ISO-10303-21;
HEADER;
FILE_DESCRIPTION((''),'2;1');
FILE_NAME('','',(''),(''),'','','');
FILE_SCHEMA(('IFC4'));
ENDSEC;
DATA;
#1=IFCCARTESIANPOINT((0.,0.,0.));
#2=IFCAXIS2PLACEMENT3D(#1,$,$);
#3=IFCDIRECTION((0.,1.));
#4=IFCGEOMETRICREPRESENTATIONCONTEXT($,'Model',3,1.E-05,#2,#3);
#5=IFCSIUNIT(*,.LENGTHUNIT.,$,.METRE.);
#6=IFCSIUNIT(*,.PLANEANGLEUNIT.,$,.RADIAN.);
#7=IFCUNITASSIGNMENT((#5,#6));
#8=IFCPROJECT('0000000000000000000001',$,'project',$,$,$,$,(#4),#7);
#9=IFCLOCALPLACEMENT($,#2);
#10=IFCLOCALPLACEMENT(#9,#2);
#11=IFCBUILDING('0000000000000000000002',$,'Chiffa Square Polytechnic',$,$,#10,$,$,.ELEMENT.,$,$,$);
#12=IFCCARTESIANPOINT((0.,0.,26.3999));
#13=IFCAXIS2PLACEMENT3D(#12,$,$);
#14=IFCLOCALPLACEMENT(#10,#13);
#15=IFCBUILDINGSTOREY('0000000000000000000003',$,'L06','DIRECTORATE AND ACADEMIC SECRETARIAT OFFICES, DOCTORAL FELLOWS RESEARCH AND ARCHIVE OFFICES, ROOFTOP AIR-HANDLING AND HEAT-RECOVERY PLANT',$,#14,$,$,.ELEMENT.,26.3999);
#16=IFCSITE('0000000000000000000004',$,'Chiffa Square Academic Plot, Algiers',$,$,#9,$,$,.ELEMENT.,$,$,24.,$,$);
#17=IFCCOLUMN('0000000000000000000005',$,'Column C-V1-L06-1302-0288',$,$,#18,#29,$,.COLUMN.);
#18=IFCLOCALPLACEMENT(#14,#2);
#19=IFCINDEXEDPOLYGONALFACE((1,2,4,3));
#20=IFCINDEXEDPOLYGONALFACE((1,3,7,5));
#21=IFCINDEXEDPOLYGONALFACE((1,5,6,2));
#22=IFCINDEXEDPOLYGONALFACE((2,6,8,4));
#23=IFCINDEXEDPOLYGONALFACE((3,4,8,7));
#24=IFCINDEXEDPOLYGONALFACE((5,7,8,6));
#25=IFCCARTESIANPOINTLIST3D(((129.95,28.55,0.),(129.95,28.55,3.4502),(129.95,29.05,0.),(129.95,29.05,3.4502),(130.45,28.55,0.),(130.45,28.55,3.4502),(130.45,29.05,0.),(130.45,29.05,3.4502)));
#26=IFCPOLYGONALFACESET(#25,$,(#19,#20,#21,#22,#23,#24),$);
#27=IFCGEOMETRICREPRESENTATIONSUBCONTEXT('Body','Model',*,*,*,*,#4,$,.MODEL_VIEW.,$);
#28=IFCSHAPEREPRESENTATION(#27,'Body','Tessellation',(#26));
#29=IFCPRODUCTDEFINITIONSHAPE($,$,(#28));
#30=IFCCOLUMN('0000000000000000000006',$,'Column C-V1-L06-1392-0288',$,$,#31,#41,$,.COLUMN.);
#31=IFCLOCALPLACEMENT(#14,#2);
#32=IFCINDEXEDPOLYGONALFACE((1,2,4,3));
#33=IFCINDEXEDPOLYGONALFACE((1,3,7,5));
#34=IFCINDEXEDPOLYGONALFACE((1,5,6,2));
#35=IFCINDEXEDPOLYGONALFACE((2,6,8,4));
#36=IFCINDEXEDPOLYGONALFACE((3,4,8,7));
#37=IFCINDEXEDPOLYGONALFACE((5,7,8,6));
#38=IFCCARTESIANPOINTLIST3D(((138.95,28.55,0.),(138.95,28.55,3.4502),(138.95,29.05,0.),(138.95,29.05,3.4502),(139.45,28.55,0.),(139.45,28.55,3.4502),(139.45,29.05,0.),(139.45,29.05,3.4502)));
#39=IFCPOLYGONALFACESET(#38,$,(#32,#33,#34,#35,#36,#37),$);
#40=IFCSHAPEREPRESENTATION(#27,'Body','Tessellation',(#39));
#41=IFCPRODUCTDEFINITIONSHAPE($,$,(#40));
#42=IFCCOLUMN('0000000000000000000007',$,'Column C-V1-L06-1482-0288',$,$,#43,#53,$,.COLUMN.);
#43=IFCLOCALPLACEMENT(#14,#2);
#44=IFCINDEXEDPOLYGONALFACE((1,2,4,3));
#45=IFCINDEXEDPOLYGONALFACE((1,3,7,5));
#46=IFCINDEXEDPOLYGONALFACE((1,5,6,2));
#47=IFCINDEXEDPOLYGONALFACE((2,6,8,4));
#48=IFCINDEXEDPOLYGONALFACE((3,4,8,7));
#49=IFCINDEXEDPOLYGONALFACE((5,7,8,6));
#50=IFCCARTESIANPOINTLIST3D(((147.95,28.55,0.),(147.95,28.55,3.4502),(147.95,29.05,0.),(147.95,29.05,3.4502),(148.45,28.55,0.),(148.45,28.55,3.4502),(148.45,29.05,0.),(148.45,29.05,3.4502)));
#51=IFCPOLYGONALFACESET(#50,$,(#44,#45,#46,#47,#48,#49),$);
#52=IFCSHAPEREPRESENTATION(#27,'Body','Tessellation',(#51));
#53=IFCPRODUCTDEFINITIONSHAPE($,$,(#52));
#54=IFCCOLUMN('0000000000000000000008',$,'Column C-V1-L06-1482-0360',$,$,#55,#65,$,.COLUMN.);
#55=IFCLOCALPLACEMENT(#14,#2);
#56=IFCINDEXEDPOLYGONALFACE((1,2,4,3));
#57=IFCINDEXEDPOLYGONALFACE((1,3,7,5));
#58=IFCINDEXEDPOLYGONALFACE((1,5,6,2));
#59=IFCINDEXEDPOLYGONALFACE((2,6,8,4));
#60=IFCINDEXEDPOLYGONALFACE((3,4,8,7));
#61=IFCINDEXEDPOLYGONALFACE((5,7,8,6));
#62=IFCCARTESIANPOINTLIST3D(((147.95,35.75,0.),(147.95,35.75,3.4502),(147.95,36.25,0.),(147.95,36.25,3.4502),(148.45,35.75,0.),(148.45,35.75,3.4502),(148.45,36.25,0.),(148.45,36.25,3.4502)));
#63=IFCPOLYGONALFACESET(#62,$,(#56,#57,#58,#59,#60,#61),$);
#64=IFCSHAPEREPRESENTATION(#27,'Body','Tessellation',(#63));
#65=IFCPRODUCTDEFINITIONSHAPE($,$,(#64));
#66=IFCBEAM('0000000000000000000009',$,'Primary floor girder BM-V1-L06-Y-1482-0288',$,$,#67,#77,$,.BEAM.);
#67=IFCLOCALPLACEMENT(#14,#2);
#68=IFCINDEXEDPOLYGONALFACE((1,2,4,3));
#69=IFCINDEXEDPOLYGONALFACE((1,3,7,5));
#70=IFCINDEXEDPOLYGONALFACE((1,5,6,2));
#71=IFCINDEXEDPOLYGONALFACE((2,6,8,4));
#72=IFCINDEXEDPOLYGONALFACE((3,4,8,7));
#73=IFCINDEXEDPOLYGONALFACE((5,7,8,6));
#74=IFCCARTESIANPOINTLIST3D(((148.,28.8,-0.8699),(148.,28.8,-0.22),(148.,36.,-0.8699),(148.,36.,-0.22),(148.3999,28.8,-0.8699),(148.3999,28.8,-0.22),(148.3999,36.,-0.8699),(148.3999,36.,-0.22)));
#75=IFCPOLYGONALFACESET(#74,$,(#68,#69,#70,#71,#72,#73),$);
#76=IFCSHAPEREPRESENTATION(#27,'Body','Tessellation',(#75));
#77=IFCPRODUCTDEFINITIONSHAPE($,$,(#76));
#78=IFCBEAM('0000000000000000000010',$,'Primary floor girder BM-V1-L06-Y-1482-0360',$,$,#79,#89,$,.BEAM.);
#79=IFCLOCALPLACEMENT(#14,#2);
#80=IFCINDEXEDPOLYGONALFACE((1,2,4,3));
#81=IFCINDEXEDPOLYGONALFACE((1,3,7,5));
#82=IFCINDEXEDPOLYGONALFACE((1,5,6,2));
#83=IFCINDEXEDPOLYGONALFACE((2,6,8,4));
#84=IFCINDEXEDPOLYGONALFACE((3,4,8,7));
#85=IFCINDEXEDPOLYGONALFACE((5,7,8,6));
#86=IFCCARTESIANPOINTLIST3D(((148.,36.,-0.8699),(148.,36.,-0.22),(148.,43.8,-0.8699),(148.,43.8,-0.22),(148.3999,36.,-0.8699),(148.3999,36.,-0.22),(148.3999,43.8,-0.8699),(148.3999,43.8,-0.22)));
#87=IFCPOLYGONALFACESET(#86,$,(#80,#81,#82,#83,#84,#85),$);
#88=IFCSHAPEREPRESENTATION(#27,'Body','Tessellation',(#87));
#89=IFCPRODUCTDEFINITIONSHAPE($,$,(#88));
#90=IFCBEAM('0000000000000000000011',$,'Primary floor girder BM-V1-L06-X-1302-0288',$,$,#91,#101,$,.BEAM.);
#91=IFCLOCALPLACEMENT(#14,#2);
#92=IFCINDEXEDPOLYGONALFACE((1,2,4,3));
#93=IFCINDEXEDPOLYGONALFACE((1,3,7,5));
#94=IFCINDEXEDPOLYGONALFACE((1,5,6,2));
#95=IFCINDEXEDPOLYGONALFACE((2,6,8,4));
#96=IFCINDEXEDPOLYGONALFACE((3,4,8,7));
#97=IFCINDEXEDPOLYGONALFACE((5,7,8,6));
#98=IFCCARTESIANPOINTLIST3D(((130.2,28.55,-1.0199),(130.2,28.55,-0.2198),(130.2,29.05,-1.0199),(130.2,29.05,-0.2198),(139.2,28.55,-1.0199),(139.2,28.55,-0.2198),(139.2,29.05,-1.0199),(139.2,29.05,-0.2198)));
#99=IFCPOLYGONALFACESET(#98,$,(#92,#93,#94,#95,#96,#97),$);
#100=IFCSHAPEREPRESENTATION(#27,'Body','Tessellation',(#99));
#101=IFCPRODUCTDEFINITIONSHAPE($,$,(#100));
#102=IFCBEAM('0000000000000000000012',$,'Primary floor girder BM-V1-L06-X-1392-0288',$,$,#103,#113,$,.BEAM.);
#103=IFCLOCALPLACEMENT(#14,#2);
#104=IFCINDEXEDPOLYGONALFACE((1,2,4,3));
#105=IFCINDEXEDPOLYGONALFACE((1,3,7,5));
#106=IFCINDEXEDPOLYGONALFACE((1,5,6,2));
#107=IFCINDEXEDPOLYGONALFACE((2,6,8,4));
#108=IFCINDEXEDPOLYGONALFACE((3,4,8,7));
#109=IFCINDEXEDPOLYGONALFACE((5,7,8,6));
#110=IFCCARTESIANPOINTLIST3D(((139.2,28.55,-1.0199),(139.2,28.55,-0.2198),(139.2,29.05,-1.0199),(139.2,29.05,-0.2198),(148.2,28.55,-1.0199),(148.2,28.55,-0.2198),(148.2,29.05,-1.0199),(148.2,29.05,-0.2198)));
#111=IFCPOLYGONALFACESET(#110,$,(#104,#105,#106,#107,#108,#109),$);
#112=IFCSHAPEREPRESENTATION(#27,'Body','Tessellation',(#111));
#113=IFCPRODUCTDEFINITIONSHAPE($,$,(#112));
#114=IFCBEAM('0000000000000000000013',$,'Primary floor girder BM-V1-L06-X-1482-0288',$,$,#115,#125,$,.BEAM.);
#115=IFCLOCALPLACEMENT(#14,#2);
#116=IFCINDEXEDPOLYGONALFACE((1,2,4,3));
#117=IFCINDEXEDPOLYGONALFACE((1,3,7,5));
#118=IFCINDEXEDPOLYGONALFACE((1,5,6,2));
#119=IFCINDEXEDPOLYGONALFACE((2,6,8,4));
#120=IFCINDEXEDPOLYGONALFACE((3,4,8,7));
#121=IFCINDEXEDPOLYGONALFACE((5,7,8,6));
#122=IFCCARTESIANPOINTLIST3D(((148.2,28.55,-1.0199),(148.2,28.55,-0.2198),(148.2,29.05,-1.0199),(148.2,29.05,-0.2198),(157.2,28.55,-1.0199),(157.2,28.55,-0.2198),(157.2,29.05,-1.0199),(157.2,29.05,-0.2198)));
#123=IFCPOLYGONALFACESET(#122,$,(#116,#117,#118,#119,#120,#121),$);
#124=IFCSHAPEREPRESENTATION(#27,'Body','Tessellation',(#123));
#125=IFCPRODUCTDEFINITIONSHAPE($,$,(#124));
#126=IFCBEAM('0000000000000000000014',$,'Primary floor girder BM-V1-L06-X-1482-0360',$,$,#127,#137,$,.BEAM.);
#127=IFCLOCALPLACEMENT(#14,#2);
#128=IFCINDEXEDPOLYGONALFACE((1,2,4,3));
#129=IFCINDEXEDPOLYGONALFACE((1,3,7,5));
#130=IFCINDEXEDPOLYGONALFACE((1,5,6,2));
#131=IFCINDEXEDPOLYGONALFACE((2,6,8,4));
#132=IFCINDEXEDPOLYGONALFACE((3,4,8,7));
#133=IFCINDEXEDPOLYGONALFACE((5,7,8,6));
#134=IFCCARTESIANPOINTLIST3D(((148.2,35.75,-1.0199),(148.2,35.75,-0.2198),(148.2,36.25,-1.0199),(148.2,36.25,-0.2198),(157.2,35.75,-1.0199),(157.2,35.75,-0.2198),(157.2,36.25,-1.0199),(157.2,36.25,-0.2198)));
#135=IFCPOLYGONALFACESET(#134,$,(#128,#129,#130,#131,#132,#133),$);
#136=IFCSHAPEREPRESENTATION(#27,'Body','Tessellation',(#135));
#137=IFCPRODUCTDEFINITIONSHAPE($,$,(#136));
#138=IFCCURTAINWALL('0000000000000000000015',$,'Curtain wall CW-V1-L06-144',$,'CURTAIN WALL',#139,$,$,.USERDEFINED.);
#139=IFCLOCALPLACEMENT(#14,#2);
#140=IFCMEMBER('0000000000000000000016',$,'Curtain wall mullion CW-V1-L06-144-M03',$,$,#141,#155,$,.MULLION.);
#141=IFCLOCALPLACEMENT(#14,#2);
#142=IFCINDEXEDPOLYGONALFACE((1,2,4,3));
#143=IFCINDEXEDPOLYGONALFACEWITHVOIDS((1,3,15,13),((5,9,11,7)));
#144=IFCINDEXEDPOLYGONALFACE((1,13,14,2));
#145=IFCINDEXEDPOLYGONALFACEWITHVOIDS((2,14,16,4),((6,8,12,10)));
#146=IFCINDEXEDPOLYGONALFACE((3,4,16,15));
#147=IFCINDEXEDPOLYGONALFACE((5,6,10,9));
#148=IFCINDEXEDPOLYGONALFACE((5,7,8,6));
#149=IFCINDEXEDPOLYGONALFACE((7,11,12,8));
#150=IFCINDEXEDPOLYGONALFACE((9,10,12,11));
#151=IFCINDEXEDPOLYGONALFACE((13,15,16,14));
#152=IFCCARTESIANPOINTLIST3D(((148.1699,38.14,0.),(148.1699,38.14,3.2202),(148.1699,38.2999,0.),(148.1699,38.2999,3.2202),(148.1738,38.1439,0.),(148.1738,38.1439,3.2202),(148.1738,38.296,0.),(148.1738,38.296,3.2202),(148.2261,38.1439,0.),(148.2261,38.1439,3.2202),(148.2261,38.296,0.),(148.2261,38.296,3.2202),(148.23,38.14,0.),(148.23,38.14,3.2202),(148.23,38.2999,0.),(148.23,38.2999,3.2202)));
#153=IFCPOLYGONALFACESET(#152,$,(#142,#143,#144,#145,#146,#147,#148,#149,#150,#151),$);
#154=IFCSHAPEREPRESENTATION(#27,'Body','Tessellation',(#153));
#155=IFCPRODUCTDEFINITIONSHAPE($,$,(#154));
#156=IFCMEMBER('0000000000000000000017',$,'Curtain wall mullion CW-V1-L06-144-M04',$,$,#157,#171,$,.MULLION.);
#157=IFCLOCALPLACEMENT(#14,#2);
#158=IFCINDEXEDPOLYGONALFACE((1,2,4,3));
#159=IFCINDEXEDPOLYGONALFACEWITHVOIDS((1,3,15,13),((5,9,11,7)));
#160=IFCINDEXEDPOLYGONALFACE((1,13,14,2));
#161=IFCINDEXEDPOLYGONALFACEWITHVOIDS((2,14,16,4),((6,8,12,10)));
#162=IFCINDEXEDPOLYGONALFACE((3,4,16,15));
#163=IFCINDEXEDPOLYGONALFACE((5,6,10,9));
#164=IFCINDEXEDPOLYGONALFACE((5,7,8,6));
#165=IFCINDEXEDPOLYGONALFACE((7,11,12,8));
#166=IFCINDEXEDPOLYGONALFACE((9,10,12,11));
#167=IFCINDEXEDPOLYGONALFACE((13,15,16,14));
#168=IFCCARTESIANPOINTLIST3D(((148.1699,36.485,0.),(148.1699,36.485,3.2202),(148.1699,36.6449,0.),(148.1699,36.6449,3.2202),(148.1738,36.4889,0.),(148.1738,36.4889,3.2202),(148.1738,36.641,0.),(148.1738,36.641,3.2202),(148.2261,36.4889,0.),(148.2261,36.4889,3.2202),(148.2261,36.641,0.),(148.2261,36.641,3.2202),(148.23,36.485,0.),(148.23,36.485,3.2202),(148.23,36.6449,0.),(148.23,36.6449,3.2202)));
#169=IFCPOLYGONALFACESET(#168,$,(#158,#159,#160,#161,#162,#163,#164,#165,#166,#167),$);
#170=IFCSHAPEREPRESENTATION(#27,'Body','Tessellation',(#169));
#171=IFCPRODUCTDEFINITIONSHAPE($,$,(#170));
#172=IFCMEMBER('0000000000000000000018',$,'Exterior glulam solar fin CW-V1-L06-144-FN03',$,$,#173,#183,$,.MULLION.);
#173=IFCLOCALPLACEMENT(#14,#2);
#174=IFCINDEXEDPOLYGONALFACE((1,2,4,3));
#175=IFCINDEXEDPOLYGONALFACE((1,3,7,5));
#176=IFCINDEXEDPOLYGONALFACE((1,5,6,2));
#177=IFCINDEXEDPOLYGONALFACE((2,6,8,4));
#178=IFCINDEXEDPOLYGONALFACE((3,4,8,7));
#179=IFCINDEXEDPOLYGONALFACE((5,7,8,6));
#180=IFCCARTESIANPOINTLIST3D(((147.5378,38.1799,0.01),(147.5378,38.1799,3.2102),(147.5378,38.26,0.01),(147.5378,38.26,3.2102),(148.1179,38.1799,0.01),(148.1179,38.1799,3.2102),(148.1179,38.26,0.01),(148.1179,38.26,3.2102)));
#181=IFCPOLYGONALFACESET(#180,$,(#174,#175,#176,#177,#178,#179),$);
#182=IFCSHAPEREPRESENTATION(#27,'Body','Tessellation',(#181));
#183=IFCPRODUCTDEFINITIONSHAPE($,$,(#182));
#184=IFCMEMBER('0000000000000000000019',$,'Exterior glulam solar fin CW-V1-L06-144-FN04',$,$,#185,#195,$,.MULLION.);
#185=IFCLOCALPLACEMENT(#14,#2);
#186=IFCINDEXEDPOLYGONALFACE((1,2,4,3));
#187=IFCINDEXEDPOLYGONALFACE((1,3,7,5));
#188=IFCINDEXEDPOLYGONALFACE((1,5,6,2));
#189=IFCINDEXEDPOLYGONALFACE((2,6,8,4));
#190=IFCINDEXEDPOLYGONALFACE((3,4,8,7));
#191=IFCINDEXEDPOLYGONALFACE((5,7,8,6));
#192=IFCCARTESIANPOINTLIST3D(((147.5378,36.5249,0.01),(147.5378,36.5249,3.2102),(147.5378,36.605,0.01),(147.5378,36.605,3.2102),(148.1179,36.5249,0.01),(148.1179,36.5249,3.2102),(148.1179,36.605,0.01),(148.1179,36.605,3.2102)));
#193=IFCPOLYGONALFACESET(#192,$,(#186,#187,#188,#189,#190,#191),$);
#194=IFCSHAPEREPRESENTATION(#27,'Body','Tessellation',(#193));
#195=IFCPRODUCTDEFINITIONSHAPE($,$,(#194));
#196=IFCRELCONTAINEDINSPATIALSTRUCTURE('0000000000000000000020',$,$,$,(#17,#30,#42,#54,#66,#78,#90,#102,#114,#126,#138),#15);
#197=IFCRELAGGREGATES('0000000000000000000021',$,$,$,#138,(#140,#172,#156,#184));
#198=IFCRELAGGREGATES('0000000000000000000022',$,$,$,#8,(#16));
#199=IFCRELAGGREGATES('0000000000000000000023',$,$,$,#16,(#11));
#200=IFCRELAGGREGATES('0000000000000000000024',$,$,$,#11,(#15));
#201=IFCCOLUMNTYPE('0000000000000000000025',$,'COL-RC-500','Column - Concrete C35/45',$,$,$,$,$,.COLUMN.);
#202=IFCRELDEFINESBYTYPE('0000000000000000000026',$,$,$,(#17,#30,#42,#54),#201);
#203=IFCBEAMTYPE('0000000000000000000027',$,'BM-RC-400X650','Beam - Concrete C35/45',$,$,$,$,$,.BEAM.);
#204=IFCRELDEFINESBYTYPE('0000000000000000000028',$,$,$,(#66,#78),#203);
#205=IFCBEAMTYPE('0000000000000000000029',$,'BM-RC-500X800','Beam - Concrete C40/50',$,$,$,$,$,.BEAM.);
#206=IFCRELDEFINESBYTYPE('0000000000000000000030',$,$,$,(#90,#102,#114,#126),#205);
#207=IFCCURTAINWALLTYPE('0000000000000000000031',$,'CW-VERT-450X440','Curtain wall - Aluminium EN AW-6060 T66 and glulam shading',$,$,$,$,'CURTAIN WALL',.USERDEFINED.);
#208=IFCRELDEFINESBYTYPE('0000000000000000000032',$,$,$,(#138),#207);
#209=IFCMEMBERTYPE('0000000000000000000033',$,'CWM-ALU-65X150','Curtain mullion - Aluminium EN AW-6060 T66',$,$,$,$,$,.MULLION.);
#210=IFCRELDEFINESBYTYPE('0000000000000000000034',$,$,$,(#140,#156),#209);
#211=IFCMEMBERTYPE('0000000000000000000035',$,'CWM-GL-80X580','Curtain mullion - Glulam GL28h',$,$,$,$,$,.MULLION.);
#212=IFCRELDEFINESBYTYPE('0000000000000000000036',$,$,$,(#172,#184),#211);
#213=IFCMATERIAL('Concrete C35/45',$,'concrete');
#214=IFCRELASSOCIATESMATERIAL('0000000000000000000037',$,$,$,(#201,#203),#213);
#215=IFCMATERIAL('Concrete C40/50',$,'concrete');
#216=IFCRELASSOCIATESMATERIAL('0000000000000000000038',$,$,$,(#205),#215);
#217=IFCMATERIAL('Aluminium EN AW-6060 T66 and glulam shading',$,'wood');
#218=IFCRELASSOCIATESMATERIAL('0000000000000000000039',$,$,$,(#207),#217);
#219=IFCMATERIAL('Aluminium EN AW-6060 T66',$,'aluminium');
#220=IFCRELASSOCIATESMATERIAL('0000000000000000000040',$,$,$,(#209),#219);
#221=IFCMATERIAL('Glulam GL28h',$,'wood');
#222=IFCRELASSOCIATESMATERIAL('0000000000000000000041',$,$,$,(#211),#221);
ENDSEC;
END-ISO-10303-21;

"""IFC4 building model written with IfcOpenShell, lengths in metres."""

from ifc_helpers import new_model, si_unit, direction, frame, origin, origin_2d, place, context, subcontext, project, spatial, rectangle, hollow_rectangle, extrude, material, material_profile, profile_set, type_object, element, aggregate, save


model = new_model("IFC4")

# Units and contexts
model_context = context("Model", 3, precision=1e-05, world=origin(), true_north=direction((0.0, 1.0)))
body_context = subcontext(model_context, "Body", "Model", "MODEL_VIEW")
ifc_project = project(units=[si_unit("LENGTHUNIT", "METRE"), si_unit("PLANEANGLEUNIT", "RADIAN")], contexts=[model_context])

# Site, building, storey
site_placement = place(None, origin())
site = spatial("IfcSite", under=ifc_project, at=site_placement, Name="Chiffa Square Academic Plot, Algiers", CompositionType="ELEMENT", RefElevation=24.0)
building_placement = place(site_placement, origin())
building = spatial("IfcBuilding", under=site, at=building_placement, Name="Chiffa Square Polytechnic", CompositionType="ELEMENT")
storey_placement = place(building_placement, frame((0.0, 0.0, 26.3999)))
storey = spatial("IfcBuildingStorey", under=building, at=storey_placement, Name="L06", Description="DIRECTORATE AND ACADEMIC SECRETARIAT OFFICES, DOCTORAL FELLOWS RESEARCH AND ARCHIVE OFFICES, ROOFTOP AIR-HANDLING AND HEAT-RECOVERY PLANT", CompositionType="ELEMENT", Elevation=26.3999)

# Columns
ifc_material_1 = material(Name="Concrete C35/45", Category="concrete")
ifc_material_profile_1 = material_profile(ifc_material_1, rectangle(XDim=0.5, YDim=0.5, at=origin_2d()), Name="RC 500x500")
ifc_profile_set_1 = profile_set([ifc_material_profile_1], Name="Concrete C35/45")
column_type = type_object("IfcColumnType", Name="COL-RC-500", Description="Column - Concrete C35/45", PredefinedType="COLUMN", material=ifc_profile_set_1)
for number, where, z_axis, x_axis, name in (
    (1, (130.2, 28.8, 0.0), (0.0, 0.0, 1.0), (1.0, 0.0, 0.0), "Column C-V1-L06-1302-0288"),
    (2, (139.2, 28.8, 0.0), (0.0, 0.0, 1.0), (1.0, 0.0, 0.0), "Column C-V1-L06-1392-0288"),
    (3, (148.2, 28.8, 0.0), (0.0, 0.0, 1.0), (1.0, 0.0, 0.0), "Column C-V1-L06-1482-0288"),
    (4, (148.2, 36.0, 0.0), (0.0, 0.0, 1.0), (1.0, 0.0, 0.0), "Column C-V1-L06-1482-0360"),
):
    element("IfcColumn", number, at=place(storey_placement, frame(where, z_axis=z_axis, x_axis=x_axis)), inside=storey, type_object=column_type, Name=name, PredefinedType="COLUMN", context=body_context, shape_type="SweptSolid", body=[
        extrude(rectangle(XDim=0.5, YDim=0.5, at=origin_2d()), origin(), (0.0, 0.0, 1.0), 3.4502),
    ])

# Beams
ifc_material_profile_2 = material_profile(ifc_material_1, rectangle(XDim=0.3999, YDim=0.6499, at=origin_2d()), Name="RC 400x650")
ifc_profile_set_2 = profile_set([ifc_material_profile_2], Name="Concrete C35/45")
beam_type_1 = type_object("IfcBeamType", Name="BM-RC-400X650", Description="Beam - Concrete C35/45", PredefinedType="BEAM", material=ifc_profile_set_2)
beam_1_placement = place(storey_placement, frame((148.2, 28.8, -0.5449), z_axis=(0.0, 1.0, 0.0), x_axis=(-1.0, 0.0, 0.0)))
element("IfcBeam", 5, at=beam_1_placement, inside=storey, type_object=beam_type_1, Name="Primary floor girder BM-V1-L06-Y-1482-0288", PredefinedType="BEAM", context=body_context, shape_type="SweptSolid", body=[
    extrude(rectangle(XDim=0.3999, YDim=0.6499, at=origin_2d()), origin(), (0.0, 0.0, 1.0), 7.2),
])
beam_2_placement = place(storey_placement, frame((148.2, 36.0, -0.5449), z_axis=(0.0, 1.0, 0.0), x_axis=(-1.0, 0.0, 0.0)))
element("IfcBeam", 6, at=beam_2_placement, inside=storey, type_object=beam_type_1, Name="Primary floor girder BM-V1-L06-Y-1482-0360", PredefinedType="BEAM", context=body_context, shape_type="SweptSolid", body=[
    extrude(rectangle(XDim=0.3999, YDim=0.6499, at=origin_2d()), origin(), (0.0, 0.0, 1.0), 7.8),
])
ifc_material_2 = material(Name="Concrete C40/50", Category="concrete")
ifc_material_profile_3 = material_profile(ifc_material_2, rectangle(XDim=0.5, YDim=0.8, at=origin_2d()), Name="RC 500x800")
ifc_profile_set_3 = profile_set([ifc_material_profile_3], Name="Concrete C40/50")
beam_type_2 = type_object("IfcBeamType", Name="BM-RC-500X800", Description="Beam - Concrete C40/50", PredefinedType="BEAM", material=ifc_profile_set_3)
for number, where, z_axis, x_axis, name in (
    (7, (130.2, 28.8, -0.6199), (1.0, 0.0, 0.0), (0.0, 1.0, 0.0), "Primary floor girder BM-V1-L06-X-1302-0288"),
    (8, (139.2, 28.8, -0.6199), (1.0, 0.0, 0.0), (0.0, 1.0, 0.0), "Primary floor girder BM-V1-L06-X-1392-0288"),
    (9, (148.2, 28.8, -0.6199), (1.0, 0.0, 0.0), (0.0, 1.0, 0.0), "Primary floor girder BM-V1-L06-X-1482-0288"),
    (10, (148.2, 36.0, -0.6199), (1.0, 0.0, 0.0), (0.0, 1.0, 0.0), "Primary floor girder BM-V1-L06-X-1482-0360"),
):
    element("IfcBeam", number, at=place(storey_placement, frame(where, z_axis=z_axis, x_axis=x_axis)), inside=storey, type_object=beam_type_2, Name=name, PredefinedType="BEAM", context=body_context, shape_type="SweptSolid", body=[
        extrude(rectangle(XDim=0.5, YDim=0.8, at=origin_2d()), origin(), (0.0, 0.0, 1.0), 9.0),
    ])

# Curtain wall, members
ifc_material_3 = material(Name="Aluminium EN AW-6060 T66 and glulam shading", Category="wood")
curtain_wall_type = type_object("IfcCurtainWallType", Name="CW-VERT-450X440", Description="Curtain wall - Aluminium EN AW-6060 T66 and glulam shading", ElementType="CURTAIN WALL", PredefinedType="USERDEFINED", material=ifc_material_3)
curtain_wall_placement = place(storey_placement, origin())
curtain_wall = element("IfcCurtainWall", 11, at=curtain_wall_placement, inside=storey, type_object=curtain_wall_type, Name="Curtain wall CW-V1-L06-144", ObjectType="CURTAIN WALL", PredefinedType="USERDEFINED")
ifc_material_4 = material(Name="Aluminium EN AW-6060 T66", Category="aluminium")
ifc_material_profile_4 = material_profile(ifc_material_4, hollow_rectangle(XDim=0.0601, YDim=0.1599, WallThickness=0.0039, at=origin_2d()), Name="ALU 60x160x4")
ifc_profile_set_4 = profile_set([ifc_material_profile_4], Name="Aluminium EN AW-6060 T66")
member_type_1 = type_object("IfcMemberType", Name="CWM-ALU-65X150", Description="Curtain mullion - Aluminium EN AW-6060 T66", PredefinedType="MULLION", material=ifc_profile_set_4)
member_1_placement = place(storey_placement, frame((148.2, 38.22, 0.0), z_axis=(0.0, 0.0, 1.0), x_axis=(1.0, 0.0, 0.0)))
member_1 = element("IfcMember", 12, at=member_1_placement, type_object=member_type_1, Name="Curtain wall mullion CW-V1-L06-144-M03", PredefinedType="MULLION", context=body_context, shape_type="SweptSolid", body=[
    extrude(hollow_rectangle(XDim=0.0601, YDim=0.1599, WallThickness=0.0039, at=origin_2d()), origin(), (0.0, 0.0, 1.0), 3.2202),
])
member_2_placement = place(storey_placement, frame((148.2, 36.5649, 0.0), z_axis=(0.0, 0.0, 1.0), x_axis=(1.0, 0.0, 0.0)))
member_2 = element("IfcMember", 13, at=member_2_placement, type_object=member_type_1, Name="Curtain wall mullion CW-V1-L06-144-M04", PredefinedType="MULLION", context=body_context, shape_type="SweptSolid", body=[
    extrude(hollow_rectangle(XDim=0.0601, YDim=0.1599, WallThickness=0.0039, at=origin_2d()), origin(), (0.0, 0.0, 1.0), 3.2202),
])
ifc_material_5 = material(Name="Glulam GL28h", Category="wood")
ifc_material_profile_5 = material_profile(ifc_material_5, rectangle(XDim=0.0801, YDim=0.5801, at=origin_2d()), Name="GL28h 80x580")
ifc_profile_set_5 = profile_set([ifc_material_profile_5], Name="Glulam GL28h")
member_type_2 = type_object("IfcMemberType", Name="CWM-GL-80X580", Description="Curtain mullion - Glulam GL28h", PredefinedType="MULLION", material=ifc_profile_set_5)
member_3_placement = place(storey_placement, frame((147.8279, 38.22, 0.01), z_axis=(0.0, 0.0, 1.0), x_axis=(0.0, -1.0, 0.0)))
member_3 = element("IfcMember", 14, at=member_3_placement, type_object=member_type_2, Name="Exterior glulam solar fin CW-V1-L06-144-FN03", PredefinedType="MULLION", context=body_context, shape_type="SweptSolid", body=[
    extrude(rectangle(XDim=0.0801, YDim=0.5801, at=origin_2d()), origin(), (0.0, 0.0, 1.0), 3.2002),
])
member_4_placement = place(storey_placement, frame((147.8279, 36.5649, 0.01), z_axis=(0.0, 0.0, 1.0), x_axis=(0.0, -1.0, 0.0)))
member_4 = element("IfcMember", 15, at=member_4_placement, type_object=member_type_2, Name="Exterior glulam solar fin CW-V1-L06-144-FN04", PredefinedType="MULLION", context=body_context, shape_type="SweptSolid", body=[
    extrude(rectangle(XDim=0.0801, YDim=0.5801, at=origin_2d()), origin(), (0.0, 0.0, 1.0), 3.2002),
])
aggregate(curtain_wall, [member_1, member_3, member_2, member_4])

save(model, "model.ifc")
